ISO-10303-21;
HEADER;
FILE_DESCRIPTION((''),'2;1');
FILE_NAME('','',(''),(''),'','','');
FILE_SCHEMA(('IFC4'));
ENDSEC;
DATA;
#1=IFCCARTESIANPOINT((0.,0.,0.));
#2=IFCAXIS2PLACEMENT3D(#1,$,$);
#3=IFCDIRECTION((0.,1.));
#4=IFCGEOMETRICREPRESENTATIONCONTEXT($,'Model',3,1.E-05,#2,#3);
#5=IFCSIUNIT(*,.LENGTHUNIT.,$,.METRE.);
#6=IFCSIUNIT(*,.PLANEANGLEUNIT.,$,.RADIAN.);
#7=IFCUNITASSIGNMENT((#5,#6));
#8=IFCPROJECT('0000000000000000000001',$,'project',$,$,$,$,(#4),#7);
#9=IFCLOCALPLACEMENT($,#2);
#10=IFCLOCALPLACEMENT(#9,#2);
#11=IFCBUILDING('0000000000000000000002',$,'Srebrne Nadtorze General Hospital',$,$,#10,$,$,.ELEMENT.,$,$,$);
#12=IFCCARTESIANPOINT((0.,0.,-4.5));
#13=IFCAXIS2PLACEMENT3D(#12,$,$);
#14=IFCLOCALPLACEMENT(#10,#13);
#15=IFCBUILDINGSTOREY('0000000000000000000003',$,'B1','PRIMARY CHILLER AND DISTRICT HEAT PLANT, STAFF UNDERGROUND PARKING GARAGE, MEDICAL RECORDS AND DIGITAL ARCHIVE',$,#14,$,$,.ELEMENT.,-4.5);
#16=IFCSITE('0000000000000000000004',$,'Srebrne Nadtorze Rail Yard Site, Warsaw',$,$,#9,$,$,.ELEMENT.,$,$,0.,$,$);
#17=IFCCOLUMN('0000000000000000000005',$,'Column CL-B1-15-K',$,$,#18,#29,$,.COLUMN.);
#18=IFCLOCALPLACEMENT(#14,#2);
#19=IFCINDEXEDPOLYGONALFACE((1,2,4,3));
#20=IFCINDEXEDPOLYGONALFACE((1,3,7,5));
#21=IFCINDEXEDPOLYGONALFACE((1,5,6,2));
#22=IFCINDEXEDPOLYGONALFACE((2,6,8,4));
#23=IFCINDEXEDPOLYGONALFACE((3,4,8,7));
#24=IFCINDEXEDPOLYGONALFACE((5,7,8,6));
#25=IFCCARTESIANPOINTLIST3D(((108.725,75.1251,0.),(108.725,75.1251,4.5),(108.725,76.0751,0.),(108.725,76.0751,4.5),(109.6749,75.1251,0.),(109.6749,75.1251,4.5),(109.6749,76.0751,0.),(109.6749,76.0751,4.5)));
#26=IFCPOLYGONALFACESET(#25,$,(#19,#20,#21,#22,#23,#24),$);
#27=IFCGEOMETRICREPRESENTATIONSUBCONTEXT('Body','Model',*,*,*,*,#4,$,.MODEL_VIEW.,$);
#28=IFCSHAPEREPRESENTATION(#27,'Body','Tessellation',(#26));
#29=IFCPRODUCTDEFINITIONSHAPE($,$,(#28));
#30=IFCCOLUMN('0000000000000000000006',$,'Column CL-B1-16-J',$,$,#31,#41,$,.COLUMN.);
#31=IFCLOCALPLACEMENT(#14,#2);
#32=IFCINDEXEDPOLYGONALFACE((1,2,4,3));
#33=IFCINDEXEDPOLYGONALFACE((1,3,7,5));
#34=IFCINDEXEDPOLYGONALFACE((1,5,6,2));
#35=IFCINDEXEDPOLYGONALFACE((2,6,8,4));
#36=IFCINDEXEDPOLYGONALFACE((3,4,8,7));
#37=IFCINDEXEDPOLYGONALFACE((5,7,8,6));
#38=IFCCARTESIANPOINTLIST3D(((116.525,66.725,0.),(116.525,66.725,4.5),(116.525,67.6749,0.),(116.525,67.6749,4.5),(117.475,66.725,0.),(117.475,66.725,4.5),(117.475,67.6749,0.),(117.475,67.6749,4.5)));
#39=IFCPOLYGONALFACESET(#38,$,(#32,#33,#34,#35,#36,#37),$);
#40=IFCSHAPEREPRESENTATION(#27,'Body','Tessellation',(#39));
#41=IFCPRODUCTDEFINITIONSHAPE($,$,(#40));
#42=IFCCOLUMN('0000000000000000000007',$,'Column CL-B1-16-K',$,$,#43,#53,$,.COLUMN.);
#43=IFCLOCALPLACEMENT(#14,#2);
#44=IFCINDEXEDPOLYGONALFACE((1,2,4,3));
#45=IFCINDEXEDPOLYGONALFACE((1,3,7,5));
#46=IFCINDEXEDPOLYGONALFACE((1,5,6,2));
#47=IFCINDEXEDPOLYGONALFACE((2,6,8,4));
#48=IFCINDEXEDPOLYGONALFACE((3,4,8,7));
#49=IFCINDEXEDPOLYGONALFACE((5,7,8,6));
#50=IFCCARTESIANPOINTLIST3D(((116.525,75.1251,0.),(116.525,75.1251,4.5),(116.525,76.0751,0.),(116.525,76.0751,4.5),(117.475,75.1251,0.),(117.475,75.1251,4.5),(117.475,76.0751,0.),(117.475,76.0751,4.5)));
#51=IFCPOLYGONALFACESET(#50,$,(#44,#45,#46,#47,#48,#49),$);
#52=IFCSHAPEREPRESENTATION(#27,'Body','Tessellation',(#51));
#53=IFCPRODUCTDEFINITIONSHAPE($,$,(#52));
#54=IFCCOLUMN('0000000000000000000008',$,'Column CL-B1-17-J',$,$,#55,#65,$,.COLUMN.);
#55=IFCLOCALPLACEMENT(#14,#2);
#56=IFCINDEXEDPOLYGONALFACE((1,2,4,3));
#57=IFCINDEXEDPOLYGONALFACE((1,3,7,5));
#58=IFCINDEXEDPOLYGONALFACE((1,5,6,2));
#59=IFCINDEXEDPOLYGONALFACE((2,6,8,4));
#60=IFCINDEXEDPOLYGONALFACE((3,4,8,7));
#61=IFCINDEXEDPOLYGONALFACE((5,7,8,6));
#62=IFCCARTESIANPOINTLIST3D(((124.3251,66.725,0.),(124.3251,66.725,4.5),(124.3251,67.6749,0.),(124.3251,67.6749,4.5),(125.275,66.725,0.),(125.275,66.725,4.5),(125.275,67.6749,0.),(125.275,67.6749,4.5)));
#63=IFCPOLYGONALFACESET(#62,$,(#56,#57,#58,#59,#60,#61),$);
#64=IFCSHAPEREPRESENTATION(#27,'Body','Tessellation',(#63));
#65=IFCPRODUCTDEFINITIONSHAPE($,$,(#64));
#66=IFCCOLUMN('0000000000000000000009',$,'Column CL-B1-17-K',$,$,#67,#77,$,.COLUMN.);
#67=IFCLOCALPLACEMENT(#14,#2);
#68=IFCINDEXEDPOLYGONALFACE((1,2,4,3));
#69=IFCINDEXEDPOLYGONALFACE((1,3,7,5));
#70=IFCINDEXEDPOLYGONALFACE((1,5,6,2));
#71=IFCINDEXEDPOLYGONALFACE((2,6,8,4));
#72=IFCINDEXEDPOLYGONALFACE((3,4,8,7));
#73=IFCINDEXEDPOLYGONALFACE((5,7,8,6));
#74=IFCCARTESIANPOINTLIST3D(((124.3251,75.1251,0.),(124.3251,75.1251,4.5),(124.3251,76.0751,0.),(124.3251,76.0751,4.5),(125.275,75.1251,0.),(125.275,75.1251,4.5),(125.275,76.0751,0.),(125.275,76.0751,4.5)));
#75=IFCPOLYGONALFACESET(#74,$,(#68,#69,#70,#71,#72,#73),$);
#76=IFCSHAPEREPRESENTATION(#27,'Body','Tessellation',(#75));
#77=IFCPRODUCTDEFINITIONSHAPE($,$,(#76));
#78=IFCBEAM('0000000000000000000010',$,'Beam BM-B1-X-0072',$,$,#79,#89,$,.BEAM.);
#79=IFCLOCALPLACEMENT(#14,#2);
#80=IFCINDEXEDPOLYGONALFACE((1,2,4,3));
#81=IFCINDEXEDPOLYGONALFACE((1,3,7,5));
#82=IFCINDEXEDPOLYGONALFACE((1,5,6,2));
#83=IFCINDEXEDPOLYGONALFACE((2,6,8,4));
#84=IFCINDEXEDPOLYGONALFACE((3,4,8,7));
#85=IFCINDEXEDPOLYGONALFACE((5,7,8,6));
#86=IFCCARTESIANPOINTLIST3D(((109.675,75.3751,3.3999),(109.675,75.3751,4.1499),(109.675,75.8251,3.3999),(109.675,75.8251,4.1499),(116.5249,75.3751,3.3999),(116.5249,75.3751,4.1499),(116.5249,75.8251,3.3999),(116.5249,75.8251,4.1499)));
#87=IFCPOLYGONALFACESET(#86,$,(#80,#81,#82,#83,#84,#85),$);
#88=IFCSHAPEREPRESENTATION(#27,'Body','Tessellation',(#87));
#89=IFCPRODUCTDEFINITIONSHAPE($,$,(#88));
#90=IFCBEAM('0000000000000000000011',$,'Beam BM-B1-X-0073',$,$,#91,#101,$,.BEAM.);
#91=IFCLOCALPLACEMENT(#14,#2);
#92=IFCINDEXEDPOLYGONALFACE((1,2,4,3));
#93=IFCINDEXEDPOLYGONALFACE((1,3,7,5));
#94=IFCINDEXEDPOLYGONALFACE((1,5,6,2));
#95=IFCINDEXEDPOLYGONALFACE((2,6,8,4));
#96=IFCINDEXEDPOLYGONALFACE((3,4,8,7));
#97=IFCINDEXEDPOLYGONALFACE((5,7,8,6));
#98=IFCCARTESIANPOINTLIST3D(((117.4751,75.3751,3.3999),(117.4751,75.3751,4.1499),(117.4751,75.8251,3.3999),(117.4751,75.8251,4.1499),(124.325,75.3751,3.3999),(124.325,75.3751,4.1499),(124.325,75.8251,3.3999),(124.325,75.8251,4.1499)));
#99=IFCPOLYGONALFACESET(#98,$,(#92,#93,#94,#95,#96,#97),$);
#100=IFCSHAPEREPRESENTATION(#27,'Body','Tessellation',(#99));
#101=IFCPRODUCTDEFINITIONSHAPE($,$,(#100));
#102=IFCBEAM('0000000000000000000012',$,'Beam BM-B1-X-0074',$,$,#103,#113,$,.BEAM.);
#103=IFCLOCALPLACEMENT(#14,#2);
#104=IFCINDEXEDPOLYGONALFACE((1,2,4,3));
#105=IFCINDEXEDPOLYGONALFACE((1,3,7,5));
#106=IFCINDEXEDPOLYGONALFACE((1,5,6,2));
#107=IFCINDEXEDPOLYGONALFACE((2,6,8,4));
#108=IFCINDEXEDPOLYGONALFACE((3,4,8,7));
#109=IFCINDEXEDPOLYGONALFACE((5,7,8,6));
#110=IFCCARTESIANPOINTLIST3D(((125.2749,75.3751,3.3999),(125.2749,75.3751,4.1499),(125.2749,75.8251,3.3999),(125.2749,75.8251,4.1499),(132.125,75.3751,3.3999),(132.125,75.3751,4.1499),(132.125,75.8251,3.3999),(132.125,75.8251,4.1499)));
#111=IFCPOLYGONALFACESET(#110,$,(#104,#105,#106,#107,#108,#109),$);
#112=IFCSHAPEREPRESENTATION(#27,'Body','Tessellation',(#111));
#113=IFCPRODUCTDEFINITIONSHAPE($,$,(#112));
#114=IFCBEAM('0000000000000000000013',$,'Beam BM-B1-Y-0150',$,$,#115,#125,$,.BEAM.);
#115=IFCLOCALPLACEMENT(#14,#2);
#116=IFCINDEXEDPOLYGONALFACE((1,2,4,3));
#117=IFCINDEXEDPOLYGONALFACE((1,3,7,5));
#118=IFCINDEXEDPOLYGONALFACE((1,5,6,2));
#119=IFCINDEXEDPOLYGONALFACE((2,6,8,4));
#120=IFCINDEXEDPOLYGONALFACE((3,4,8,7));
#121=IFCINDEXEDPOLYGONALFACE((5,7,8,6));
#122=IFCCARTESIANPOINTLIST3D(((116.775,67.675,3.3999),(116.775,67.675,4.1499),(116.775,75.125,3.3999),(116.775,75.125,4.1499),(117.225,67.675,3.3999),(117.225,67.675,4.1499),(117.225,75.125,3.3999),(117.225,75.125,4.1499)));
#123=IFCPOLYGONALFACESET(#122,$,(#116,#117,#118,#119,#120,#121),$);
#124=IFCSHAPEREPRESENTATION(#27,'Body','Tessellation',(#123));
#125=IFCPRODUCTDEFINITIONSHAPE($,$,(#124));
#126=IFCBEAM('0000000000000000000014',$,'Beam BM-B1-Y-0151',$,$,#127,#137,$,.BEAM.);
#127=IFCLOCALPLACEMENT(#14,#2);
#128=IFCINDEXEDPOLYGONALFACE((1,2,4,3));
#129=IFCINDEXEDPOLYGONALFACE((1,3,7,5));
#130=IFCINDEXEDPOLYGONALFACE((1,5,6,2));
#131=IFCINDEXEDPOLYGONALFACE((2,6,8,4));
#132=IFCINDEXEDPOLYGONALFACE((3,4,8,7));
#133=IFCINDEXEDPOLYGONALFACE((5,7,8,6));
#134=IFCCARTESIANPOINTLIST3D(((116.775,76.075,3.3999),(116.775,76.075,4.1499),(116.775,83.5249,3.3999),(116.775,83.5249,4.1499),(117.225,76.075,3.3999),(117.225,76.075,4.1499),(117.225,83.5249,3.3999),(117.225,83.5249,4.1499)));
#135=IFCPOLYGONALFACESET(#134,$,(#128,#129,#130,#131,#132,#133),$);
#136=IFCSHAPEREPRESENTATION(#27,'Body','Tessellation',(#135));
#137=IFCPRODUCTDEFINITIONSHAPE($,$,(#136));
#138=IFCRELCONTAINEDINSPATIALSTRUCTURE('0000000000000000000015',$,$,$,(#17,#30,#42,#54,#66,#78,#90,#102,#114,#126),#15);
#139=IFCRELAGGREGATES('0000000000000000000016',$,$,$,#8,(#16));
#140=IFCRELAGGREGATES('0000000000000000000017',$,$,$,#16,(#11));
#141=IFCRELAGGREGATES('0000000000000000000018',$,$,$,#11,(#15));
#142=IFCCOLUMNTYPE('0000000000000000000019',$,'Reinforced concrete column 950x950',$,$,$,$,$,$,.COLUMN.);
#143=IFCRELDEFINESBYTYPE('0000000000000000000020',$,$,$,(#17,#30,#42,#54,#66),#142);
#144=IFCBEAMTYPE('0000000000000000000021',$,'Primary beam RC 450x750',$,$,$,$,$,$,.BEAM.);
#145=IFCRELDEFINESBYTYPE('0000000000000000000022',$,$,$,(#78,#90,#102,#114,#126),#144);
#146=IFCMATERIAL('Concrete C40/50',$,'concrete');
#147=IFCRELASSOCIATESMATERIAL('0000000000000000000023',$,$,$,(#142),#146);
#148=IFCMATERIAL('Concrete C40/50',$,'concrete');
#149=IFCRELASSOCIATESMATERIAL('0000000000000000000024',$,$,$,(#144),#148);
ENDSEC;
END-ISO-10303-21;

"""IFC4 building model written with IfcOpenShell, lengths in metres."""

from ifc_helpers import new_model, si_unit, direction, frame, origin, origin_2d, place, context, subcontext, project, spatial, rectangle, extrude, material, material_profile, profile_set, type_object, element, save


model = new_model("IFC4")

# Units and contexts
model_context = context("Model", 3, precision=1e-05, world=origin(), true_north=direction((0.0, 1.0)))
body_context = subcontext(model_context, "Body", "Model", "MODEL_VIEW")
ifc_project = project(units=[si_unit("LENGTHUNIT", "METRE"), si_unit("PLANEANGLEUNIT", "RADIAN")], contexts=[model_context])

# Site, building, storey
site_placement = place(None, origin())
site = spatial("IfcSite", under=ifc_project, at=site_placement, Name="Srebrne Nadtorze Rail Yard Site, Warsaw", CompositionType="ELEMENT", RefElevation=0.0)
building_placement = place(site_placement, origin())
building = spatial("IfcBuilding", under=site, at=building_placement, Name="Srebrne Nadtorze General Hospital", CompositionType="ELEMENT")
storey_placement = place(building_placement, frame((0.0, 0.0, -4.5)))
storey = spatial("IfcBuildingStorey", under=building, at=storey_placement, Name="B1", Description="PRIMARY CHILLER AND DISTRICT HEAT PLANT, STAFF UNDERGROUND PARKING GARAGE, MEDICAL RECORDS AND DIGITAL ARCHIVE", CompositionType="ELEMENT", Elevation=-4.5)

# Columns
ifc_material_1 = material(Name="Concrete C40/50", Category="concrete")
ifc_material_profile_1 = material_profile(ifc_material_1, rectangle(XDim=0.95, YDim=0.95, at=origin_2d()), Name="RC-COL-950x950")
ifc_profile_set_1 = profile_set([ifc_material_profile_1], Name="Concrete C40/50")
column_type = type_object("IfcColumnType", Name="Reinforced concrete column 950x950", PredefinedType="COLUMN", material=ifc_profile_set_1)
for number, where, z_axis, x_axis, name in (
    (1, (109.2, 75.6001, 0.0), (0.0, 0.0, 1.0), (1.0, 0.0, 0.0), "Column CL-B1-15-K"),
    (2, (117.0, 67.2, 0.0), (0.0, 0.0, 1.0), (1.0, 0.0, 0.0), "Column CL-B1-16-J"),
    (3, (117.0, 75.6001, 0.0), (0.0, 0.0, 1.0), (1.0, 0.0, 0.0), "Column CL-B1-16-K"),
    (4, (124.8, 67.2, 0.0), (0.0, 0.0, 1.0), (1.0, 0.0, 0.0), "Column CL-B1-17-J"),
    (5, (124.8, 75.6001, 0.0), (0.0, 0.0, 1.0), (1.0, 0.0, 0.0), "Column CL-B1-17-K"),
):
    element("IfcColumn", number, at=place(storey_placement, frame(where, z_axis=z_axis, x_axis=x_axis)), inside=storey, type_object=column_type, Name=name, PredefinedType="COLUMN", context=body_context, shape_type="SweptSolid", body=[
        extrude(rectangle(XDim=0.95, YDim=0.95, at=origin_2d()), origin(), (0.0, 0.0, 1.0), 4.5),
    ])

# Beams
ifc_material_2 = material(Name="Concrete C40/50", Category="concrete")
ifc_material_profile_2 = material_profile(ifc_material_2, rectangle(XDim=0.45, YDim=0.75, at=origin_2d()), Name="RC-BM-450x750")
ifc_profile_set_2 = profile_set([ifc_material_profile_2], Name="Concrete C40/50")
beam_type = type_object("IfcBeamType", Name="Primary beam RC 450x750", PredefinedType="BEAM", material=ifc_profile_set_2)
for number, where, z_axis, x_axis, name in (
    (6, (109.675, 75.6001, 3.7749), (1.0, 0.0, 0.0), (0.0, 1.0, 0.0), "Beam BM-B1-X-0072"),
    (7, (117.4751, 75.6001, 3.7749), (1.0, 0.0, 0.0), (0.0, 1.0, 0.0), "Beam BM-B1-X-0073"),
):
    element("IfcBeam", number, at=place(storey_placement, frame(where, z_axis=z_axis, x_axis=x_axis)), inside=storey, type_object=beam_type, Name=name, PredefinedType="BEAM", context=body_context, shape_type="SweptSolid", body=[
        extrude(rectangle(XDim=0.45, YDim=0.75, at=origin_2d()), origin(), (0.0, 0.0, 1.0), 6.8499),
    ])
beam_placement = place(storey_placement, frame((125.2749, 75.6001, 3.7749), z_axis=(1.0, 0.0, 0.0), x_axis=(0.0, 1.0, 0.0)))
element("IfcBeam", 8, at=beam_placement, inside=storey, type_object=beam_type, Name="Beam BM-B1-X-0074", PredefinedType="BEAM", context=body_context, shape_type="SweptSolid", body=[
    extrude(rectangle(XDim=0.45, YDim=0.75, at=origin_2d()), origin(), (0.0, 0.0, 1.0), 6.8501),
])
for number, where, z_axis, x_axis, name in (
    (9, (117.0, 67.675, 3.7749), (0.0, 1.0, 0.0), (-1.0, 0.0, 0.0), "Beam BM-B1-Y-0150"),
    (10, (117.0, 76.075, 3.7749), (0.0, 1.0, 0.0), (-1.0, 0.0, 0.0), "Beam BM-B1-Y-0151"),
):
    element("IfcBeam", number, at=place(storey_placement, frame(where, z_axis=z_axis, x_axis=x_axis)), inside=storey, type_object=beam_type, Name=name, PredefinedType="BEAM", context=body_context, shape_type="SweptSolid", body=[
        extrude(rectangle(XDim=0.45, YDim=0.75, at=origin_2d()), origin(), (0.0, 0.0, 1.0), 7.45),
    ])

save(model, "model.ifc")
